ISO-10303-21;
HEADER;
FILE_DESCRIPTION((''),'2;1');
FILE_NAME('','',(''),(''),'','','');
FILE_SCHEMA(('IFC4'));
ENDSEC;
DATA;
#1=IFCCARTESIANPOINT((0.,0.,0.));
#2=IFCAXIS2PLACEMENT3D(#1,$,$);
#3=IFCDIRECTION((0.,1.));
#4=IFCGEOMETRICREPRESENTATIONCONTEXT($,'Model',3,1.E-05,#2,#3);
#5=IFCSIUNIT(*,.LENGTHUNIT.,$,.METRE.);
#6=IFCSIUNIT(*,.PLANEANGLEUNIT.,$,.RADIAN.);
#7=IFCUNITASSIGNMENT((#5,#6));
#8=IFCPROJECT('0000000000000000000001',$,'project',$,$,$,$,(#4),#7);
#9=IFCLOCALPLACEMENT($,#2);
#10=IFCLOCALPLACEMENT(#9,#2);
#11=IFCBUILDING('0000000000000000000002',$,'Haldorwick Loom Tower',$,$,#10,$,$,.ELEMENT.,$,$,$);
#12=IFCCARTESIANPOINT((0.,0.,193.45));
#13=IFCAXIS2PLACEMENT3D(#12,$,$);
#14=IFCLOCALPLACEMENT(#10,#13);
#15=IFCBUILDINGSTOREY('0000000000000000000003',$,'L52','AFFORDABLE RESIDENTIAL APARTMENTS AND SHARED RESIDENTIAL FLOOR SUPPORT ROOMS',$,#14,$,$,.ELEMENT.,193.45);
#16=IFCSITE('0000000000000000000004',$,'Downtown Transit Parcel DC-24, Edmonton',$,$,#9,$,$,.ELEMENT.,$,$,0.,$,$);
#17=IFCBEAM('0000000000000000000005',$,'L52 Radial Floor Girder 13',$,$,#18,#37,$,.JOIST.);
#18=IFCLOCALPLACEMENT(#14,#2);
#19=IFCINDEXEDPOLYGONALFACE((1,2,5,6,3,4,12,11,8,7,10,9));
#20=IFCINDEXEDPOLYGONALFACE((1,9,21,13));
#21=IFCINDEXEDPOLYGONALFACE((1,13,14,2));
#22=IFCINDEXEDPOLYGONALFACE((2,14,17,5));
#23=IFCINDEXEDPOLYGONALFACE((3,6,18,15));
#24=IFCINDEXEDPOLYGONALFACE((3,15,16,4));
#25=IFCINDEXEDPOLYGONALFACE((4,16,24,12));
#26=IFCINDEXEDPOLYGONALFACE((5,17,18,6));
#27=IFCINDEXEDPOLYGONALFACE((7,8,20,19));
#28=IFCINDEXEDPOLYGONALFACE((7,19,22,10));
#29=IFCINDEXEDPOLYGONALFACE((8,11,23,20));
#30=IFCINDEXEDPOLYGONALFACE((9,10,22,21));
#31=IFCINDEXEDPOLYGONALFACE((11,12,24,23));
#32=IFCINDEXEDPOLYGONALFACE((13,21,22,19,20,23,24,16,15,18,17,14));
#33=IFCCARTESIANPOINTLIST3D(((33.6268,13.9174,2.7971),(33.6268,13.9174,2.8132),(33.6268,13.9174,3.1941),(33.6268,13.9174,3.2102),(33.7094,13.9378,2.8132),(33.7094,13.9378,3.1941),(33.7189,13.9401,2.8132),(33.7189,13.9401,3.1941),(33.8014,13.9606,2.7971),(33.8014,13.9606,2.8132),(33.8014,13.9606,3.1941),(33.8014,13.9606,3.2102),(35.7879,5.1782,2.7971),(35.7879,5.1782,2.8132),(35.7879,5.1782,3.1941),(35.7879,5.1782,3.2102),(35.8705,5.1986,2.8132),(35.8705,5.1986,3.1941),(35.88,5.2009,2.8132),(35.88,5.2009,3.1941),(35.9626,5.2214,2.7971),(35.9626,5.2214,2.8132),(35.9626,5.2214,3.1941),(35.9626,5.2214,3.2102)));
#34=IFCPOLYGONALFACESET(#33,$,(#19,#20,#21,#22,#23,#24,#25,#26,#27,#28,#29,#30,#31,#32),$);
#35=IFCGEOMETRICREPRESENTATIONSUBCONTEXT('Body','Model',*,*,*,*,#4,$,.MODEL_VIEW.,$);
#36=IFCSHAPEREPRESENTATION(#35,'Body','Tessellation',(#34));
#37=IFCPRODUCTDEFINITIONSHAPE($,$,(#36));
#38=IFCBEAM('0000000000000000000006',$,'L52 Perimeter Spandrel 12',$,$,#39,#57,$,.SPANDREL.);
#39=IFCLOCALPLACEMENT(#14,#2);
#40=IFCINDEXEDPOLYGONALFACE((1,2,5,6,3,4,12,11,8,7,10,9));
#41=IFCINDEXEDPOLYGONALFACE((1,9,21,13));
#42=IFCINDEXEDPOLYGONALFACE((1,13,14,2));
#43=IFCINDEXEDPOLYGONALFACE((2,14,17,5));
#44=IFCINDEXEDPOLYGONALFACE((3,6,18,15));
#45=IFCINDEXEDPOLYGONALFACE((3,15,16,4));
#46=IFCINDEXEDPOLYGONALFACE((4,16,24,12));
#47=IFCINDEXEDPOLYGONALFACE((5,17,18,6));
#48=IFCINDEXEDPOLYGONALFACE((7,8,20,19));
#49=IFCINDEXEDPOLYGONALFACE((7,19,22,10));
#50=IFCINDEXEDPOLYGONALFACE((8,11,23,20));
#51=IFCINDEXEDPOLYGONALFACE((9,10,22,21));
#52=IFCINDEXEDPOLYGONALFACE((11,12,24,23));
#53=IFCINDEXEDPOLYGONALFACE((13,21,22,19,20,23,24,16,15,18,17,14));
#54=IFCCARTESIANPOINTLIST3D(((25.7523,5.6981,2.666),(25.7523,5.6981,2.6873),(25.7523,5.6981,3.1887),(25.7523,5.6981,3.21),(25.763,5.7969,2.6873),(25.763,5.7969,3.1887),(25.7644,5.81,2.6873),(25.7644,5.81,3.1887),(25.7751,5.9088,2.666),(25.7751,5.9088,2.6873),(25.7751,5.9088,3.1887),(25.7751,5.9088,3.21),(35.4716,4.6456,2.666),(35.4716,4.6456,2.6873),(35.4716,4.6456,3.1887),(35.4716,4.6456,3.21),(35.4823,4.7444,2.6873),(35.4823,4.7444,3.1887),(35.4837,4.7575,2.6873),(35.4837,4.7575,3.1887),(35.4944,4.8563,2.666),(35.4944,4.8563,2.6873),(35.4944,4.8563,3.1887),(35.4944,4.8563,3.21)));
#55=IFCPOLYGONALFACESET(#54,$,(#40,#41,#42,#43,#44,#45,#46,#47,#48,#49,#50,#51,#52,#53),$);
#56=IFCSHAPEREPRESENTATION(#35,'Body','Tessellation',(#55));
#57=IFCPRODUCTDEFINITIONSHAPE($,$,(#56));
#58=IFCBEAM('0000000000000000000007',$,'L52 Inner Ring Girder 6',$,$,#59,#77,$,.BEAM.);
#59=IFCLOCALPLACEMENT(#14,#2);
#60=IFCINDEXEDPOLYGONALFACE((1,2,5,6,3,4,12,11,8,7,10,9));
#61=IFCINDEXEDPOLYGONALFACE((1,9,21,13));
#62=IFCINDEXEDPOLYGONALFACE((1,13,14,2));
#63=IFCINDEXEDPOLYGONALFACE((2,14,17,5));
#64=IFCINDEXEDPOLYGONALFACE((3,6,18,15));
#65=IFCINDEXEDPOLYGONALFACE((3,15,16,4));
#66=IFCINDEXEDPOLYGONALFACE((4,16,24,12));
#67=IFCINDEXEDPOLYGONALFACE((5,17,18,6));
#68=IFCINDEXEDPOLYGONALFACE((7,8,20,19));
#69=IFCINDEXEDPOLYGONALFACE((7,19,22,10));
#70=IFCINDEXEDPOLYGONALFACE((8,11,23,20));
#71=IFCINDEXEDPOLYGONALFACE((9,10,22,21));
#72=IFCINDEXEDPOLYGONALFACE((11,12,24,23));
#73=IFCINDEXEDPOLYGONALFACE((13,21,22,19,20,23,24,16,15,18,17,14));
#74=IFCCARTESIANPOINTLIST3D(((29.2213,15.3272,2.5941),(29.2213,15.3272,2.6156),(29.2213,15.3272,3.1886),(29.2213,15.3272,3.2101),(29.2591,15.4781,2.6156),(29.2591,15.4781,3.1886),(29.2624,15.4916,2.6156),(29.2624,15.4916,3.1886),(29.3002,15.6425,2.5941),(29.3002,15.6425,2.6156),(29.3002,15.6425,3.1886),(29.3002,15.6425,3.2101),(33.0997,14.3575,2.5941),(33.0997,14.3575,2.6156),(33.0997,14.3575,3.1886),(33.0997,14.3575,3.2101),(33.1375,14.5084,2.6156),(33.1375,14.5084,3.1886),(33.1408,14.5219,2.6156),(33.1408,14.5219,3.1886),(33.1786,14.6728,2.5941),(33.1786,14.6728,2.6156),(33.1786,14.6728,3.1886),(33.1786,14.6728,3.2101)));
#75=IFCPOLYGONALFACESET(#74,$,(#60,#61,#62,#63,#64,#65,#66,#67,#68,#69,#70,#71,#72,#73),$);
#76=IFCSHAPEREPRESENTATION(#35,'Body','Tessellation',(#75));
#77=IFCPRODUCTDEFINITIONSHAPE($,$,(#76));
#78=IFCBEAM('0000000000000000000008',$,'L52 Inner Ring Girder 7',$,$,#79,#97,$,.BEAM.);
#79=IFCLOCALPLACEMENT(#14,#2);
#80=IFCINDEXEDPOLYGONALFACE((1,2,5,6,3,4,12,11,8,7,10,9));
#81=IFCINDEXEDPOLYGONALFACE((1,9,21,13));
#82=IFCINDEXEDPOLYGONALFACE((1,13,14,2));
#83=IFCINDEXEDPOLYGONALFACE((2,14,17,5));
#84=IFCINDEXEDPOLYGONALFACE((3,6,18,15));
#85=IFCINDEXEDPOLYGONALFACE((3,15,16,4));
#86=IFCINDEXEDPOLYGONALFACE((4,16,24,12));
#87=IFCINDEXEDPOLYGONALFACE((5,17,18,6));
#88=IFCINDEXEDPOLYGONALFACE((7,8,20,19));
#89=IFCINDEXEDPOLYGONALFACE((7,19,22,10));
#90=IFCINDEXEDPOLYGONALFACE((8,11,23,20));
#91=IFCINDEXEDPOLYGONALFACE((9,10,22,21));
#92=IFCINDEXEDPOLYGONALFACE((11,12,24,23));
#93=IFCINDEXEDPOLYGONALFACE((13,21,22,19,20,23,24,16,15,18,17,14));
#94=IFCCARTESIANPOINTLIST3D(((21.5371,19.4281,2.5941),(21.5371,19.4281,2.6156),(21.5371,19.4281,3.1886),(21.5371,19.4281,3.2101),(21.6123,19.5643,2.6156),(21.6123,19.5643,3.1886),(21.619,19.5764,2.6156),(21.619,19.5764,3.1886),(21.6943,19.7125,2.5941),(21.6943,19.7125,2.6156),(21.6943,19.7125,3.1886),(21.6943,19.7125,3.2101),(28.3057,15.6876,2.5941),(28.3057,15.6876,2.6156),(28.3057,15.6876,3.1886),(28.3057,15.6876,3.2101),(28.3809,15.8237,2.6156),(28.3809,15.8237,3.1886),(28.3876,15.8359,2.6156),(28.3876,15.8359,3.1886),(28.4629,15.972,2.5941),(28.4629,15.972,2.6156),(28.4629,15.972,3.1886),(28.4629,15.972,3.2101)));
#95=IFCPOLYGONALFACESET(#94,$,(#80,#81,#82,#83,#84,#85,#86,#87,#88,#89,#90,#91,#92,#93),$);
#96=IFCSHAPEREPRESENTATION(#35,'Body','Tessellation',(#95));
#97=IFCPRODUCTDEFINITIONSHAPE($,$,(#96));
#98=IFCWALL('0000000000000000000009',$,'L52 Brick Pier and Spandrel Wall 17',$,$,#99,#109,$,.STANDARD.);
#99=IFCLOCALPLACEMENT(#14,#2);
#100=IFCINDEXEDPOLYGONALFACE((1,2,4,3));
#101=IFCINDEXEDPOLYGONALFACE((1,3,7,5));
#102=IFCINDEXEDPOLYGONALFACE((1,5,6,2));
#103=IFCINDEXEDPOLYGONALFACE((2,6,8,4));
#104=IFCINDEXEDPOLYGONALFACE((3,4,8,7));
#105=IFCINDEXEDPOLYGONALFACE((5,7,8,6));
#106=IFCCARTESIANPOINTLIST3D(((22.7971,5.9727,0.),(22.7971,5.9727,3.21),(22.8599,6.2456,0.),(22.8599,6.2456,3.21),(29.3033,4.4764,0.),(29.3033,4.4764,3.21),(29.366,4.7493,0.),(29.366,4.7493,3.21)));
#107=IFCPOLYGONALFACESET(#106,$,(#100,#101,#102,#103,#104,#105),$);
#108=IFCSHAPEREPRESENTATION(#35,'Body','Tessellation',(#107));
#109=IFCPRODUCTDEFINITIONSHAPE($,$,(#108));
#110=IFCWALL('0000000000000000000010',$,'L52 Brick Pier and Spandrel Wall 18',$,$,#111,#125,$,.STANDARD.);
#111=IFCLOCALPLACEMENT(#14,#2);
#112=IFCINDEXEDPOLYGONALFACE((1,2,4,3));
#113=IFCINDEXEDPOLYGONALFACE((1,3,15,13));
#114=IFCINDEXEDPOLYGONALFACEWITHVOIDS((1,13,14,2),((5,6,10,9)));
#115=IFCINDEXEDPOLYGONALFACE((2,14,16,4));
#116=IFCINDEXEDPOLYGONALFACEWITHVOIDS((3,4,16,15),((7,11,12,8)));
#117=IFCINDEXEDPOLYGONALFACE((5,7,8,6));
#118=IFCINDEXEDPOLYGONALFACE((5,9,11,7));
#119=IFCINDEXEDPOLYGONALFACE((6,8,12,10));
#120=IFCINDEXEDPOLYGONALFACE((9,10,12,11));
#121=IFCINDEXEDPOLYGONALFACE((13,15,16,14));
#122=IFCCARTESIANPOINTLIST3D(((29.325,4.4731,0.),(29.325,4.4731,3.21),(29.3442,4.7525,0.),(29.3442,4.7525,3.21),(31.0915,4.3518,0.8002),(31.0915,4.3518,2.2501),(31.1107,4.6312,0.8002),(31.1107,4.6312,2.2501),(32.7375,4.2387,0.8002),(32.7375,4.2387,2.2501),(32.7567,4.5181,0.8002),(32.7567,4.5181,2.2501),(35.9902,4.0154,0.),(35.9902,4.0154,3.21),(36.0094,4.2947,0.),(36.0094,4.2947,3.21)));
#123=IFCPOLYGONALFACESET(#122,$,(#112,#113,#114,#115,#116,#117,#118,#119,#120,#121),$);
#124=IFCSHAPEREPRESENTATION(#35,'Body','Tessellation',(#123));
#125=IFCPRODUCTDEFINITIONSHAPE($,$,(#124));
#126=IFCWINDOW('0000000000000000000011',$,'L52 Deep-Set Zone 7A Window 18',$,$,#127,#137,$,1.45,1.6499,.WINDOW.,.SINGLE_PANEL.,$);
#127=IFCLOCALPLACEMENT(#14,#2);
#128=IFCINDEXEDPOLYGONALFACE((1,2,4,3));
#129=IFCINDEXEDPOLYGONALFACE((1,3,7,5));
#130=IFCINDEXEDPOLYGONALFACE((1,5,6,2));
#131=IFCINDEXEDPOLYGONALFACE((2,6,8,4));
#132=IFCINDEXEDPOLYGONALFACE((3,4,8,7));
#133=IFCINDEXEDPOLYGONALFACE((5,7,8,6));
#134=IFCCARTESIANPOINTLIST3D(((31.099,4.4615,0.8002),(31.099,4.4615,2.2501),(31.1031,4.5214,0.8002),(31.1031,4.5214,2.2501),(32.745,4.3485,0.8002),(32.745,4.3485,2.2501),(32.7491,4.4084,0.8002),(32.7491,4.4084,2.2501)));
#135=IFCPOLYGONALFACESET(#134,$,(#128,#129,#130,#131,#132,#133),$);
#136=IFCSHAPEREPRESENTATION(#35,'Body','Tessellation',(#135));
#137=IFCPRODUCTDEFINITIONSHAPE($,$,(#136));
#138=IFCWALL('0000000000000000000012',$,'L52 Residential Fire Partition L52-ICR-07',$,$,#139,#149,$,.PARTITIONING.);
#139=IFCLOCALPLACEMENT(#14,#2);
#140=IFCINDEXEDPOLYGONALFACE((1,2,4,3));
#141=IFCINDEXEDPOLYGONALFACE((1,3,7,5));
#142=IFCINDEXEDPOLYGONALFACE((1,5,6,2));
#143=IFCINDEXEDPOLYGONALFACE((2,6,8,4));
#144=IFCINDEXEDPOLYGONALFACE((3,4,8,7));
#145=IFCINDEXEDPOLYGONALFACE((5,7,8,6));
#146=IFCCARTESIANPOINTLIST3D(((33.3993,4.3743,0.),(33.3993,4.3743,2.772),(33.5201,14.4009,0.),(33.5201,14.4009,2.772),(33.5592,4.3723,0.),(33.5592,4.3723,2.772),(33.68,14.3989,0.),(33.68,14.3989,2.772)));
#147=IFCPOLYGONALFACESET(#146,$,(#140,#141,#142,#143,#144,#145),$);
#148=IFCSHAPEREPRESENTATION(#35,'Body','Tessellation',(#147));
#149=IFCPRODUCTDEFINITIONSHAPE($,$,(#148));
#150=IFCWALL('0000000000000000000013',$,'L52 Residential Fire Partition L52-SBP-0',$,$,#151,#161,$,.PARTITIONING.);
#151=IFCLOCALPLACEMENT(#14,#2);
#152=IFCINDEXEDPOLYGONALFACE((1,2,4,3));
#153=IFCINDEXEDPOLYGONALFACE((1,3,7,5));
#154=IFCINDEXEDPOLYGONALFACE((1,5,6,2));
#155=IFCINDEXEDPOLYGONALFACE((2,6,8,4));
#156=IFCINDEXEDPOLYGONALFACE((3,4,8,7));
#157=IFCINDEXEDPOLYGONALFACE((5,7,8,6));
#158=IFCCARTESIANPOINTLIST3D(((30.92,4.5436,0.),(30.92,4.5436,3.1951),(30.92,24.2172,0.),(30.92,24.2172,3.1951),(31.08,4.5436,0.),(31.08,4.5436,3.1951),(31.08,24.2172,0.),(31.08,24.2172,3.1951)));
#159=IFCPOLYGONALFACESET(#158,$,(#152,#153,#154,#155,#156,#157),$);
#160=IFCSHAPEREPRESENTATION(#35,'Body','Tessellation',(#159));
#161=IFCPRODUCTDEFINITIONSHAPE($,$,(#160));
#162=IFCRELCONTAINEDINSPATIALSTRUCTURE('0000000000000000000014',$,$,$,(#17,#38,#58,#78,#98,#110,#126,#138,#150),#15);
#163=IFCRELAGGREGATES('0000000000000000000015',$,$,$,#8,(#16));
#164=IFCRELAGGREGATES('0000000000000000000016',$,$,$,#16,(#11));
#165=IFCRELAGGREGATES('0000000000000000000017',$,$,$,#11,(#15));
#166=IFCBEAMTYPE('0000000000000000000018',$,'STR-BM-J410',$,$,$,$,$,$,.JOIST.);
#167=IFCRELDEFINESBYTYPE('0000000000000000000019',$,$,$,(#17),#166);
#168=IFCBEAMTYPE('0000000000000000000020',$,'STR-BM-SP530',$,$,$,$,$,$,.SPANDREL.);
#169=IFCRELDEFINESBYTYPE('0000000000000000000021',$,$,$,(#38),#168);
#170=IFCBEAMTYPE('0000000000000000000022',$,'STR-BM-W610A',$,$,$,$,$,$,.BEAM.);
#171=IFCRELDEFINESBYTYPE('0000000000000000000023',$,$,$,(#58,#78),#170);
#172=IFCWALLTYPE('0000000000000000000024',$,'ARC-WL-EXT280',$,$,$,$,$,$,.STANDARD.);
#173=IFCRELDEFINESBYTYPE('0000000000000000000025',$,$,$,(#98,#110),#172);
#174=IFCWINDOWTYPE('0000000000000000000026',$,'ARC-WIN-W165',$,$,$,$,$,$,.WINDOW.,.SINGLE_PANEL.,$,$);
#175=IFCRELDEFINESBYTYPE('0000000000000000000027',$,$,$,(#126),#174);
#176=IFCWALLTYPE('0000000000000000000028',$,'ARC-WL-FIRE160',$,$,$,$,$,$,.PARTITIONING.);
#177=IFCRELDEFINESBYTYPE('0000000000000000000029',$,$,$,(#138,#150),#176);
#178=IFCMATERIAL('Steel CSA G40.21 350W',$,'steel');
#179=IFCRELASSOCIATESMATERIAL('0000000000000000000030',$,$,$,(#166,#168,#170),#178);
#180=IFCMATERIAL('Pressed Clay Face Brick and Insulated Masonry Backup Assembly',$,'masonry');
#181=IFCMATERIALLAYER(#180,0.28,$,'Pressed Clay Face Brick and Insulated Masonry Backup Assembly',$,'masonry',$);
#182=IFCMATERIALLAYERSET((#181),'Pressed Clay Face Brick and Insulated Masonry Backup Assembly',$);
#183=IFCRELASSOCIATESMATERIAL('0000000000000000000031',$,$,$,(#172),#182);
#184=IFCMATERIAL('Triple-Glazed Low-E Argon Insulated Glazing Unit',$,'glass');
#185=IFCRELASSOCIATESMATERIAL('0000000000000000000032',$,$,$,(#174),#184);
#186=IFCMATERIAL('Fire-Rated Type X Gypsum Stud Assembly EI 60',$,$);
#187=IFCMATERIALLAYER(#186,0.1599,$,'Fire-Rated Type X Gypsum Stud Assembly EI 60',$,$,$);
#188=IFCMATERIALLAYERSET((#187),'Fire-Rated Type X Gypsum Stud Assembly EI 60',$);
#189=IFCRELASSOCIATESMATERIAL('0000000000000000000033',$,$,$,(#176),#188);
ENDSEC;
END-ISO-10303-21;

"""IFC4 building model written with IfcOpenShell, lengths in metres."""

from ifc_helpers import new_model, si_unit, direction, frame, frame_2d, origin, origin_2d, place, context, subcontext, project, spatial, rectangle, i_section, extrude, material, layer, layer_set, material_profile, profile_set, type_object, element, fill, save


model = new_model("IFC4")

# Units and contexts
model_context = context("Model", 3, precision=1e-05, world=origin(), true_north=direction((0.0, 1.0)))
body_context = subcontext(model_context, "Body", "Model", "MODEL_VIEW")
ifc_project = project(units=[si_unit("LENGTHUNIT", "METRE"), si_unit("PLANEANGLEUNIT", "RADIAN")], contexts=[model_context])

# Site, building, storey
site_placement = place(None, origin())
site = spatial("IfcSite", under=ifc_project, at=site_placement, Name="Downtown Transit Parcel DC-24, Edmonton", CompositionType="ELEMENT", RefElevation=0.0)
building_placement = place(site_placement, origin())
building = spatial("IfcBuilding", under=site, at=building_placement, Name="Haldorwick Loom Tower", CompositionType="ELEMENT")
storey_placement = place(building_placement, frame((0.0, 0.0, 193.45)))
storey = spatial("IfcBuildingStorey", under=building, at=storey_placement, Name="L52", Description="AFFORDABLE RESIDENTIAL APARTMENTS AND SHARED RESIDENTIAL FLOOR SUPPORT ROOMS", CompositionType="ELEMENT", Elevation=193.45)

# Beams
ifc_material_1 = material(Name="Steel CSA G40.21 350W", Category="steel")
ifc_material_profile_1 = material_profile(ifc_material_1, i_section(OverallWidth=0.1799, OverallDepth=0.4131, WebThickness=0.0098, FlangeThickness=0.0161, at=origin_2d()), Name="W410X74", Category="steel")
ifc_profile_set_1 = profile_set([ifc_material_profile_1], Name="Steel CSA G40.21 350W")
beam_type_1 = type_object("IfcBeamType", Name="STR-BM-J410", PredefinedType="JOIST", material=ifc_profile_set_1)
beam_1_placement = place(storey_placement, frame((33.7141, 13.939, 3.0037), z_axis=(0.240059, -0.970758, 0.0), x_axis=(0.970758, 0.240059, 0.0)))
element("IfcBeam", 1, at=beam_1_placement, inside=storey, type_object=beam_type_1, Name="L52 Radial Floor Girder 13", PredefinedType="JOIST", context=body_context, shape_type="SweptSolid", body=[
    extrude(i_section(OverallWidth=0.1799, OverallDepth=0.4131, WebThickness=0.0098, FlangeThickness=0.0161, at=origin_2d()), origin(), (0.0, 0.0, 1.0), 9.0024),
])
ifc_material_profile_2 = material_profile(ifc_material_1, i_section(OverallWidth=0.2119, OverallDepth=0.5439, WebThickness=0.0132, FlangeThickness=0.0212, at=origin_2d()), Name="W530X123", Category="steel")
ifc_profile_set_2 = profile_set([ifc_material_profile_2], Name="Steel CSA G40.21 350W")
beam_type_2 = type_object("IfcBeamType", Name="STR-BM-SP530", PredefinedType="SPANDREL", material=ifc_profile_set_2)
beam_2_placement = place(storey_placement, frame((25.7637, 5.8035, 2.938), z_axis=(0.994188, -0.10766, 0.0), x_axis=(0.10766, 0.994188, 0.0)))
element("IfcBeam", 2, at=beam_2_placement, inside=storey, type_object=beam_type_2, Name="L52 Perimeter Spandrel 12", PredefinedType="SPANDREL", context=body_context, shape_type="SweptSolid", body=[
    extrude(i_section(OverallWidth=0.2119, OverallDepth=0.5439, WebThickness=0.0132, FlangeThickness=0.0212, at=origin_2d()), origin(), (0.0, 0.0, 1.0), 9.7761),
])
ifc_material_profile_3 = material_profile(ifc_material_1, i_section(OverallWidth=0.325, OverallDepth=0.616, WebThickness=0.0139, FlangeThickness=0.0215, at=origin_2d()), Name="W610X174", Category="steel")
ifc_profile_set_3 = profile_set([ifc_material_profile_3], Name="Steel CSA G40.21 350W")
beam_type_3 = type_object("IfcBeamType", Name="STR-BM-W610A", PredefinedType="BEAM", material=ifc_profile_set_3)
beam_3_placement = place(storey_placement, frame((33.1392, 14.5151, 2.9021), z_axis=(-0.970135, 0.242564, 0.0), x_axis=(-0.242564, -0.970135, 0.0)))
element("IfcBeam", 3, at=beam_3_placement, inside=storey, type_object=beam_type_3, Name="L52 Inner Ring Girder 6", PredefinedType="BEAM", context=body_context, shape_type="SweptSolid", body=[
    extrude(i_section(OverallWidth=0.325, OverallDepth=0.616, WebThickness=0.0139, FlangeThickness=0.0215, at=origin_2d()), origin(), (0.0, 0.0, 1.0), 3.9978),
])
beam_4_placement = place(storey_placement, frame((28.3843, 15.8298, 2.9021), z_axis=(-0.875244, 0.483682, 0.0), x_axis=(-0.483682, -0.875244, 0.0)))
element("IfcBeam", 4, at=beam_4_placement, inside=storey, type_object=beam_type_3, Name="L52 Inner Ring Girder 7", PredefinedType="BEAM", context=body_context, shape_type="SweptSolid", body=[
    extrude(i_section(OverallWidth=0.325, OverallDepth=0.616, WebThickness=0.0139, FlangeThickness=0.0215, at=origin_2d()), origin(), (0.0, 0.0, 1.0), 7.7334),
])

# Wall
ifc_material_2 = material(Name="Pressed Clay Face Brick and Insulated Masonry Backup Assembly", Category="masonry")
ifc_layer_1 = layer(ifc_material_2, 0.28, Name="Pressed Clay Face Brick and Insulated Masonry Backup Assembly", Category="masonry")
ifc_layer_set_1 = layer_set([ifc_layer_1], Name="Pressed Clay Face Brick and Insulated Masonry Backup Assembly")
wall_type_1 = type_object("IfcWallType", Name="ARC-WL-EXT280", PredefinedType="STANDARD", material=ifc_layer_set_1)
wall_1_placement = place(storey_placement, frame((22.8286, 6.1091, 0.0), z_axis=(0.0, 0.0, 1.0), x_axis=(0.974557, -0.224138, 0.0)))
element("IfcWall", 5, at=wall_1_placement, inside=storey, type_object=wall_type_1, Name="L52 Brick Pier and Spandrel Wall 17", PredefinedType="STANDARD", context=body_context, shape_type="SweptSolid", body=[
    extrude(rectangle(XDim=6.676, YDim=0.28, at=frame_2d((3.3379, 0.0))), origin(), (0.0, 0.0, 1.0), 3.21),
])

# Wall, opening, window
wall_2_placement = place(storey_placement, frame((29.3347, 4.6128, 0.0), z_axis=(0.0, 0.0, 1.0), x_axis=(0.99765, -0.068517, 0.0)))
wall_2 = element("IfcWall", 6, at=wall_2_placement, inside=storey, type_object=wall_type_1, Name="L52 Brick Pier and Spandrel Wall 18", PredefinedType="STANDARD", context=body_context, shape_type="SweptSolid", body=[
    extrude(rectangle(XDim=6.6809, YDim=0.28, at=frame_2d((3.3403, 0.0))), origin(), (0.0, 0.0, 1.0), 3.21),
])
opening_placement = place(wall_2_placement, frame((1.7705, 0.0, 0.8)))
opening = element("IfcOpeningElement", 7, at=opening_placement, cuts=wall_2, PredefinedType="OPENING", context=body_context, shape_type="SweptSolid", body=[
    extrude(rectangle(XDim=1.6499, YDim=1.45, at=frame_2d((0.825, 0.7251))), frame((0.0, 0.1499, 0.0), z_axis=(0.0, -1.0, 0.0), x_axis=(1.0, 0.0, 0.0)), (0.0, 0.0, 1.0), 0.3),
])
ifc_material_3 = material(Name="Triple-Glazed Low-E Argon Insulated Glazing Unit", Category="glass")
window_type = type_object("IfcWindowType", Name="ARC-WIN-W165", PartitioningType="SINGLE_PANEL", PredefinedType="WINDOW", material=ifc_material_3)
window_placement = place(opening_placement, origin())
window = element("IfcWindow", 8, at=window_placement, inside=storey, type_object=window_type, Name="L52 Deep-Set Zone 7A Window 18", OverallHeight=1.45, OverallWidth=1.6499, PartitioningType="SINGLE_PANEL", PredefinedType="WINDOW", context=body_context, shape_type="SweptSolid", body=[
    extrude(rectangle(XDim=1.6499, YDim=1.45, at=frame_2d((0.825, 0.7251))), frame((0.0, 0.03, 0.0), z_axis=(0.0, -1.0, 0.0), x_axis=(1.0, 0.0, 0.0)), (0.0, 0.0, 1.0), 0.0601),
])
fill(opening, window)

# Walls
ifc_material_4 = material(Name="Fire-Rated Type X Gypsum Stud Assembly EI 60")
ifc_layer_2 = layer(ifc_material_4, 0.1599, Name="Fire-Rated Type X Gypsum Stud Assembly EI 60")
ifc_layer_set_2 = layer_set([ifc_layer_2], Name="Fire-Rated Type X Gypsum Stud Assembly EI 60")
wall_type_2 = type_object("IfcWallType", Name="ARC-WL-FIRE160", PredefinedType="PARTITIONING", material=ifc_layer_set_2)
wall_3_placement = place(storey_placement, frame((33.6001, 14.3999, 0.0), z_axis=(0.0, 0.0, 1.0), x_axis=(-0.012052, -0.999927, 0.0)))
element("IfcWall", 9, at=wall_3_placement, inside=storey, type_object=wall_type_2, Name="L52 Residential Fire Partition L52-ICR-07", PredefinedType="PARTITIONING", context=body_context, shape_type="SweptSolid", body=[
    extrude(rectangle(XDim=10.0273, YDim=0.1599, at=frame_2d((5.0137, 0.0))), origin(), (0.0, 0.0, 1.0), 2.772),
])
wall_4_placement = place(storey_placement, frame((31.0, 4.5435, 0.0), z_axis=(0.0, 0.0, 1.0), x_axis=(0.0, 1.0, 0.0)))
element("IfcWall", 10, at=wall_4_placement, inside=storey, type_object=wall_type_2, Name="L52 Residential Fire Partition L52-SBP-0", PredefinedType="PARTITIONING", context=body_context, shape_type="SweptSolid", body=[
    extrude(rectangle(XDim=19.6736, YDim=0.1599, at=frame_2d((9.8369, 0.0))), origin(), (0.0, 0.0, 1.0), 3.1951),
])

save(model, "model.ifc")
